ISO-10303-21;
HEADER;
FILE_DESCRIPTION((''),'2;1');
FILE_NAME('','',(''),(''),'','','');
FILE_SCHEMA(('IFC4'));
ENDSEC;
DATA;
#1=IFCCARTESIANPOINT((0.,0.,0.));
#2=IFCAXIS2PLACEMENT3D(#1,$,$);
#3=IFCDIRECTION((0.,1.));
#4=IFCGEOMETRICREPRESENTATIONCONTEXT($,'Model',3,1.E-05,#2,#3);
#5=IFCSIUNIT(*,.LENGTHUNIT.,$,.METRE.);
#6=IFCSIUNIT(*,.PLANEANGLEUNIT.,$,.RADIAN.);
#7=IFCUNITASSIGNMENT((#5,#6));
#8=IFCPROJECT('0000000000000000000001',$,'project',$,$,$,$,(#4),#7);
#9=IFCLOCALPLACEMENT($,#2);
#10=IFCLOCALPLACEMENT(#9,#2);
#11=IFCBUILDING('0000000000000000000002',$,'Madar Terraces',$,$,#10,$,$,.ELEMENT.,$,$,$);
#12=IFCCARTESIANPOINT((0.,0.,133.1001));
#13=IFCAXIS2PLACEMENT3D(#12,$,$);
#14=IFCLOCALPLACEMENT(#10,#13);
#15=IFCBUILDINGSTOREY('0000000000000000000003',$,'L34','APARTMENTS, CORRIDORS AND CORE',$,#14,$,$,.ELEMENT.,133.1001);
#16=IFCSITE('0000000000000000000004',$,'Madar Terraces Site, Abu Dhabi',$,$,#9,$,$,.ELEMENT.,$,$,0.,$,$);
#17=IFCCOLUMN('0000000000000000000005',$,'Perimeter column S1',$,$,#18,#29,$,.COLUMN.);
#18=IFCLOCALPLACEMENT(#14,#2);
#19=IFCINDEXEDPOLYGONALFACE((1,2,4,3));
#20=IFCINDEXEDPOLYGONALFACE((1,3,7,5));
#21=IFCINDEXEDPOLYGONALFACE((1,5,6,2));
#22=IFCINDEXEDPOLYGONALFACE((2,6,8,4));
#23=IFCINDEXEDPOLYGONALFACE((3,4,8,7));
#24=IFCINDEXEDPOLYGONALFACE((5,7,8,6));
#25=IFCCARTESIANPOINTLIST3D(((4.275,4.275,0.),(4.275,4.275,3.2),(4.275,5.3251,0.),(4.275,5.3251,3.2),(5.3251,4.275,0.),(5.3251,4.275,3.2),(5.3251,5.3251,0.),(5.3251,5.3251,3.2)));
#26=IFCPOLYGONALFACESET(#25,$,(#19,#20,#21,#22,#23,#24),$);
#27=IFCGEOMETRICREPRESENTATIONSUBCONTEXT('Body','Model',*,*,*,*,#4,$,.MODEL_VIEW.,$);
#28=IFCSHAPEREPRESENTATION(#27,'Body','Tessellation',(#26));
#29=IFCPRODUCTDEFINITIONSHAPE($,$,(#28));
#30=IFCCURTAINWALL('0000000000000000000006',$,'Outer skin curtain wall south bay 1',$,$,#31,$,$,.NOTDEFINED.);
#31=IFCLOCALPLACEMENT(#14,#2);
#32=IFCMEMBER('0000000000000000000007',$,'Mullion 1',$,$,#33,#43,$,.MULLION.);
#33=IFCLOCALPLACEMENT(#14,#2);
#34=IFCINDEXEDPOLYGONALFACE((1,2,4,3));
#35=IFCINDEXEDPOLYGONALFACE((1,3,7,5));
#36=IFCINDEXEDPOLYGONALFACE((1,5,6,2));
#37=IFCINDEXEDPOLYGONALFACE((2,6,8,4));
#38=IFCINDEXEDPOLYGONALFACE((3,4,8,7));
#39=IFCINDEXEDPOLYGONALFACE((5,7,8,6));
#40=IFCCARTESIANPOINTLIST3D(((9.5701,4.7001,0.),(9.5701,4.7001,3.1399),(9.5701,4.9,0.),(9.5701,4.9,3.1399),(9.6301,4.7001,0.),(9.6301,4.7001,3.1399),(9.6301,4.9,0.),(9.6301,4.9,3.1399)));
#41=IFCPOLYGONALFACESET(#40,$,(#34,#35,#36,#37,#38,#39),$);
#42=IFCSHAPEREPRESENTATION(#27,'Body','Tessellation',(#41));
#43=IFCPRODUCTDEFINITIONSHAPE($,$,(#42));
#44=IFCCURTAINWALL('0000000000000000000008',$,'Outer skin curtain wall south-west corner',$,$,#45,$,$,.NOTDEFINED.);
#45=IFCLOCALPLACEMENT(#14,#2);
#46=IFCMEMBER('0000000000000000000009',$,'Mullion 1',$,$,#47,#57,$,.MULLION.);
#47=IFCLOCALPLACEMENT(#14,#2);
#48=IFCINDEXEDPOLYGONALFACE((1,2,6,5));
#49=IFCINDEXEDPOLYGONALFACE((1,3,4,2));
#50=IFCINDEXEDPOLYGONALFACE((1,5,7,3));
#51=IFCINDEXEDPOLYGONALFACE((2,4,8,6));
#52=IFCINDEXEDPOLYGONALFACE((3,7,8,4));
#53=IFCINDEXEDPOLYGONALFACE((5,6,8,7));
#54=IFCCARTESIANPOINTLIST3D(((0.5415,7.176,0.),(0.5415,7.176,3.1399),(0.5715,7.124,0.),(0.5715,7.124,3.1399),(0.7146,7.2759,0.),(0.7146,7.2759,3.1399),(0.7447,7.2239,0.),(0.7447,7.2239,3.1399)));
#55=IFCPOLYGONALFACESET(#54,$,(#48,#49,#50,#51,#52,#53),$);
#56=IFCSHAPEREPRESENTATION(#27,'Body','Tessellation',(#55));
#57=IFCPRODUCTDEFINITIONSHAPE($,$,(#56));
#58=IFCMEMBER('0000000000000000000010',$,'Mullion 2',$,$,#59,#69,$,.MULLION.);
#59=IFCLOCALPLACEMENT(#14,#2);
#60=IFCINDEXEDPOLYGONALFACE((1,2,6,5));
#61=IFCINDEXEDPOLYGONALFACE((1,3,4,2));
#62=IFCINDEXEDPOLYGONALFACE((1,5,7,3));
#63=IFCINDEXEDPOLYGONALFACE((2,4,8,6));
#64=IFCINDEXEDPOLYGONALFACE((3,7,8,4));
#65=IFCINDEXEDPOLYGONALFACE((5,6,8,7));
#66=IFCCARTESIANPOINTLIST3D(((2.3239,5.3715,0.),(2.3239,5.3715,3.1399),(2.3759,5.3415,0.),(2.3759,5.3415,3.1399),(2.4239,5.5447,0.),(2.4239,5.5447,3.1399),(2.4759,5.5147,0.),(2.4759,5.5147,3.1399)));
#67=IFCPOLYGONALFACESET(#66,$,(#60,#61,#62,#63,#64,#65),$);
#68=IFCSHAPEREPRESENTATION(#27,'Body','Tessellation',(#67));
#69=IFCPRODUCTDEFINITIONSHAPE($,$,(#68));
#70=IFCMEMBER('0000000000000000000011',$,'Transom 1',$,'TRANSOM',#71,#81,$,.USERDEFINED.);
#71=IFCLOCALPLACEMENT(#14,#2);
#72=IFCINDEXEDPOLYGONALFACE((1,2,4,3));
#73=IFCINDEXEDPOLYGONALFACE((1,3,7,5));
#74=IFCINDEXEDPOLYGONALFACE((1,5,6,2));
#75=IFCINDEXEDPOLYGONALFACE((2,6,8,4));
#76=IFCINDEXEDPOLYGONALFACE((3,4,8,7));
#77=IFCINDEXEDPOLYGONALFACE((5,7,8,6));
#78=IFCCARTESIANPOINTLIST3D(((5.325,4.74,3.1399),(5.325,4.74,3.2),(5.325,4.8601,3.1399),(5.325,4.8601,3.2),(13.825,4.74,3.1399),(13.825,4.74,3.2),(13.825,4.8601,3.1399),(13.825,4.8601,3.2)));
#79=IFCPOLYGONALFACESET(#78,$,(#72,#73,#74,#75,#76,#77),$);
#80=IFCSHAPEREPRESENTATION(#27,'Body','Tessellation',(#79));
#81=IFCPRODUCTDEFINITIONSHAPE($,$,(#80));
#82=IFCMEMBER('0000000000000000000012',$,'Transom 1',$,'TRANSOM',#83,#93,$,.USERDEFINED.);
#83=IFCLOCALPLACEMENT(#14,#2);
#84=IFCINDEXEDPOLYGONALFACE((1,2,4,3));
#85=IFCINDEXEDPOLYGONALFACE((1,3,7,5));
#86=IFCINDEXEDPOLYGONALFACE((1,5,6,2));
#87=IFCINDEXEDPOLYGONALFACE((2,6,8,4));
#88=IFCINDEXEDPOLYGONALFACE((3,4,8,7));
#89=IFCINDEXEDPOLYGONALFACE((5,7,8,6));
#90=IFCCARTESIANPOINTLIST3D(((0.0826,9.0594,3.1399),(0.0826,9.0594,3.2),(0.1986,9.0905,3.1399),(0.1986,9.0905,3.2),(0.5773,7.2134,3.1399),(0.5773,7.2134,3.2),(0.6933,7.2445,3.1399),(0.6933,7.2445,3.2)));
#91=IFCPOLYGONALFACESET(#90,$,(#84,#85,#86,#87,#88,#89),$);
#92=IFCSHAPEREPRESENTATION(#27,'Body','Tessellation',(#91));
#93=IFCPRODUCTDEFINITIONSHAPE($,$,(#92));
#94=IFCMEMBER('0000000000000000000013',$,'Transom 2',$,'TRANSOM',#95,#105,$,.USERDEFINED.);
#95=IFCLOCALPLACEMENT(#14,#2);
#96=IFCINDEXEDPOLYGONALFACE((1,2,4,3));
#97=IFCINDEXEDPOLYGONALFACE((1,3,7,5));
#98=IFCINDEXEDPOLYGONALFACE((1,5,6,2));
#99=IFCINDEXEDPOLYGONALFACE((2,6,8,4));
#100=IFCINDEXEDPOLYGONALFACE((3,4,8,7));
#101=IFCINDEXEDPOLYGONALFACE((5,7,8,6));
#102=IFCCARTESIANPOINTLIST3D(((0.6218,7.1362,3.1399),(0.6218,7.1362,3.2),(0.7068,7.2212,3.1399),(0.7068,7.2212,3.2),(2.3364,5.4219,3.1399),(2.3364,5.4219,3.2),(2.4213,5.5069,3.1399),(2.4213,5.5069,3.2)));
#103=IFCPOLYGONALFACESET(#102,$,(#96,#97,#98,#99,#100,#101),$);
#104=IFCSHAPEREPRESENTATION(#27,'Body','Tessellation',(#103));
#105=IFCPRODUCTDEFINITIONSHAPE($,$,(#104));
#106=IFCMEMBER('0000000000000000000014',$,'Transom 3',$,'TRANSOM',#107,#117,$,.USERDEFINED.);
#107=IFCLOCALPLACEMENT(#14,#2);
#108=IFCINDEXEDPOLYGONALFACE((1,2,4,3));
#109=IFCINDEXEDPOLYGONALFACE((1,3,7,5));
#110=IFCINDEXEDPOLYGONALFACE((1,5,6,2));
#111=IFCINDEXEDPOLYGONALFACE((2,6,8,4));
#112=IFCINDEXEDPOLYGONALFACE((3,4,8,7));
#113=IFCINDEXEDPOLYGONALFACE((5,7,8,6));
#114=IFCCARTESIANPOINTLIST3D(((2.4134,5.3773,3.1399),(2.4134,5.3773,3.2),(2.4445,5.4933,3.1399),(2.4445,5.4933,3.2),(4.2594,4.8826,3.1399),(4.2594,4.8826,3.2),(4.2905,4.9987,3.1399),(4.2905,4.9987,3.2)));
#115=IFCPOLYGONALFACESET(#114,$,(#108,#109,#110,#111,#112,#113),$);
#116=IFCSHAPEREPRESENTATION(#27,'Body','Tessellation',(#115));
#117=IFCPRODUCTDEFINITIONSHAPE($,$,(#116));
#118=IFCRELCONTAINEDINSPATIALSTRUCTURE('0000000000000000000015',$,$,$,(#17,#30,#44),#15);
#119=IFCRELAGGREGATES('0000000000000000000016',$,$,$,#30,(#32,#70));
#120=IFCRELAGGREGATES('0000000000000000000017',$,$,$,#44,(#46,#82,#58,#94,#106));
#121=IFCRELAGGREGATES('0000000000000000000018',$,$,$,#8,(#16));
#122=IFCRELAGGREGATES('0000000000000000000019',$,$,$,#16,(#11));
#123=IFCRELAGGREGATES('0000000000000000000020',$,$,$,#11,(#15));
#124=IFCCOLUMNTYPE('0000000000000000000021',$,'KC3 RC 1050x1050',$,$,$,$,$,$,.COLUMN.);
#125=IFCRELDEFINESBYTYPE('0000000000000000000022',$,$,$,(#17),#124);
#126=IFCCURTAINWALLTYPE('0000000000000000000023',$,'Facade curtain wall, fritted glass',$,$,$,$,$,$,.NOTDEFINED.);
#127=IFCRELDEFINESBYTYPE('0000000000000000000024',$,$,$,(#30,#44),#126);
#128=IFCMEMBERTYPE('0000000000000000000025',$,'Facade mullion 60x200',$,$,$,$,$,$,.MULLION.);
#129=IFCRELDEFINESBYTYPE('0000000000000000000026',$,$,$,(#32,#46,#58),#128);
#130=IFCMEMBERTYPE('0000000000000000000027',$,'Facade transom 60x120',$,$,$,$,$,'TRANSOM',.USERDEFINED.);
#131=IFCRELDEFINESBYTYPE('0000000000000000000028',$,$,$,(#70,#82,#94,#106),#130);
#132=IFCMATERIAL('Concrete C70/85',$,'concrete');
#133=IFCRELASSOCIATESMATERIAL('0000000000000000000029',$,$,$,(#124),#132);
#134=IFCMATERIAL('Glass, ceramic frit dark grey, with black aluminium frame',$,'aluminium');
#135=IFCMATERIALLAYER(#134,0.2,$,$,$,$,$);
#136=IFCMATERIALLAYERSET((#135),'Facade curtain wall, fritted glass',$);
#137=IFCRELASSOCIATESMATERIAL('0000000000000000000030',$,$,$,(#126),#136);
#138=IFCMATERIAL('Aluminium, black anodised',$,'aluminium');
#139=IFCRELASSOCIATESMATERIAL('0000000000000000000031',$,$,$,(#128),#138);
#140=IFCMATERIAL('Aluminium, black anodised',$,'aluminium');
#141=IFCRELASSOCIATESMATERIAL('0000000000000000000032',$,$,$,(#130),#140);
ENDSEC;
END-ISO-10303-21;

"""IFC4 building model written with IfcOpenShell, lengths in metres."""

from ifc_helpers import new_model, si_unit, direction, frame, origin, origin_2d, place, context, subcontext, project, spatial, rectangle, extrude, material, layer, layer_set, material_profile, profile_set, type_object, element, aggregate, save


model = new_model("IFC4")

# Units and contexts
model_context = context("Model", 3, precision=1e-05, world=origin(), true_north=direction((0.0, 1.0)))
body_context = subcontext(model_context, "Body", "Model", "MODEL_VIEW")
ifc_project = project(units=[si_unit("LENGTHUNIT", "METRE"), si_unit("PLANEANGLEUNIT", "RADIAN")], contexts=[model_context])

# Site, building, storey
site_placement = place(None, origin())
site = spatial("IfcSite", under=ifc_project, at=site_placement, Name="Madar Terraces Site, Abu Dhabi", CompositionType="ELEMENT", RefElevation=0.0)
building_placement = place(site_placement, origin())
building = spatial("IfcBuilding", under=site, at=building_placement, Name="Madar Terraces", CompositionType="ELEMENT")
storey_placement = place(building_placement, frame((0.0, 0.0, 133.1001)))
storey = spatial("IfcBuildingStorey", under=building, at=storey_placement, Name="L34", Description="APARTMENTS, CORRIDORS AND CORE", CompositionType="ELEMENT", Elevation=133.1001)

# Column
ifc_material_1 = material(Name="Concrete C70/85", Category="concrete")
ifc_material_profile_1 = material_profile(ifc_material_1, rectangle(XDim=1.05, YDim=1.05, at=origin_2d()), Name="KC3 RC 1050x1050")
ifc_profile_set_1 = profile_set([ifc_material_profile_1], Name="Concrete C70/85")
column_type = type_object("IfcColumnType", Name="KC3 RC 1050x1050", PredefinedType="COLUMN", material=ifc_profile_set_1)
column_placement = place(storey_placement, frame((4.8, 4.8, 0.0), z_axis=(0.0, 0.0, 1.0), x_axis=(1.0, 0.0, 0.0)))
element("IfcColumn", 1, at=column_placement, inside=storey, type_object=column_type, Name="Perimeter column S1", PredefinedType="COLUMN", context=body_context, shape_type="SweptSolid", body=[
    extrude(rectangle(XDim=1.05, YDim=1.05, at=origin_2d()), origin(), (0.0, 0.0, 1.0), 3.2),
])

# Curtain wall, member
ifc_material_2 = material(Name="Glass, ceramic frit dark grey, with black aluminium frame", Category="aluminium")
ifc_layer_1 = layer(ifc_material_2, 0.2)
ifc_layer_set_1 = layer_set([ifc_layer_1], Name="Facade curtain wall, fritted glass")
curtain_wall_type = type_object("IfcCurtainWallType", Name="Facade curtain wall, fritted glass", PredefinedType="NOTDEFINED", material=ifc_layer_set_1)
curtain_wall_1_placement = place(storey_placement, origin())
curtain_wall_1 = element("IfcCurtainWall", 2, at=curtain_wall_1_placement, inside=storey, type_object=curtain_wall_type, Name="Outer skin curtain wall south bay 1", PredefinedType="NOTDEFINED")
ifc_material_3 = material(Name="Aluminium, black anodised", Category="aluminium")
ifc_material_profile_2 = material_profile(ifc_material_3, rectangle(XDim=0.2, YDim=0.0601, at=origin_2d()), Name="Facade mullion 60x200")
ifc_profile_set_2 = profile_set([ifc_material_profile_2], Name="Aluminium, black anodised")
member_type_1 = type_object("IfcMemberType", Name="Facade mullion 60x200", PredefinedType="MULLION", material=ifc_profile_set_2)
member_1_placement = place(storey_placement, frame((9.6001, 4.8, 0.0), z_axis=(0.0, 0.0, 1.0), x_axis=(0.0, 1.0, 0.0)))
member_1 = element("IfcMember", 3, at=member_1_placement, type_object=member_type_1, Name="Mullion 1", PredefinedType="MULLION", context=body_context, shape_type="SweptSolid", body=[
    extrude(rectangle(XDim=0.2, YDim=0.0601, at=origin_2d()), origin(), (0.0, 0.0, 1.0), 3.1399),
])

# Curtain wall, members
curtain_wall_2_placement = place(storey_placement, origin())
curtain_wall_2 = element("IfcCurtainWall", 4, at=curtain_wall_2_placement, inside=storey, type_object=curtain_wall_type, Name="Outer skin curtain wall south-west corner", PredefinedType="NOTDEFINED")
member_2_placement = place(storey_placement, frame((0.6431, 7.2, 0.0), z_axis=(0.0, 0.0, 1.0), x_axis=(0.866025, 0.5, 0.0)))
member_2 = element("IfcMember", 5, at=member_2_placement, type_object=member_type_1, Name="Mullion 1", PredefinedType="MULLION", context=body_context, shape_type="SweptSolid", body=[
    extrude(rectangle(XDim=0.2, YDim=0.0601, at=origin_2d()), origin(), (0.0, 0.0, 1.0), 3.1399),
])
member_3_placement = place(storey_placement, frame((2.3999, 5.4431, 0.0), z_axis=(0.0, 0.0, 1.0), x_axis=(0.5, 0.866025, 0.0)))
member_3 = element("IfcMember", 6, at=member_3_placement, type_object=member_type_1, Name="Mullion 2", PredefinedType="MULLION", context=body_context, shape_type="SweptSolid", body=[
    extrude(rectangle(XDim=0.2, YDim=0.0601, at=origin_2d()), origin(), (0.0, 0.0, 1.0), 3.1399),
])

# Members
ifc_material_4 = material(Name="Aluminium, black anodised", Category="aluminium")
ifc_material_profile_3 = material_profile(ifc_material_4, rectangle(XDim=0.1201, YDim=0.0601, at=origin_2d()), Name="Facade transom 60x120")
ifc_profile_set_3 = profile_set([ifc_material_profile_3], Name="Aluminium, black anodised")
member_type_2 = type_object("IfcMemberType", Name="Facade transom 60x120", ElementType="TRANSOM", PredefinedType="USERDEFINED", material=ifc_profile_set_3)
member_4_placement = place(storey_placement, frame((5.325, 4.8, 3.1699), z_axis=(1.0, 0.0, 0.0), x_axis=(0.0, 1.0, 0.0)))
member_4 = element("IfcMember", 7, at=member_4_placement, type_object=member_type_2, Name="Transom 1", ObjectType="TRANSOM", PredefinedType="USERDEFINED", context=body_context, shape_type="SweptSolid", body=[
    extrude(rectangle(XDim=0.1201, YDim=0.0601, at=origin_2d()), origin(), (0.0, 0.0, 1.0), 8.5),
])
member_5_placement = place(storey_placement, frame((0.1406, 9.075, 3.1699), z_axis=(0.258823, -0.965925, 0.0), x_axis=(0.965925, 0.258823, 0.0)))
member_5 = element("IfcMember", 8, at=member_5_placement, type_object=member_type_2, Name="Transom 1", ObjectType="TRANSOM", PredefinedType="USERDEFINED", context=body_context, shape_type="SweptSolid", body=[
    extrude(rectangle(XDim=0.1201, YDim=0.0601, at=origin_2d()), origin(), (0.0, 0.0, 1.0), 1.9111),
])
member_6_placement = place(storey_placement, frame((0.6643, 7.1787, 3.1699), z_axis=(0.707157, -0.707056, 0.0), x_axis=(0.707056, 0.707157, 0.0)))
member_6 = element("IfcMember", 9, at=member_6_placement, type_object=member_type_2, Name="Transom 2", ObjectType="TRANSOM", PredefinedType="USERDEFINED", context=body_context, shape_type="SweptSolid", body=[
    extrude(rectangle(XDim=0.1201, YDim=0.0601, at=origin_2d()), origin(), (0.0, 0.0, 1.0), 2.4246),
])
member_7_placement = place(storey_placement, frame((2.429, 5.4353, 3.1699), z_axis=(0.965925, -0.258823, 0.0), x_axis=(0.258823, 0.965925, 0.0)))
member_7 = element("IfcMember", 10, at=member_7_placement, type_object=member_type_2, Name="Transom 3", ObjectType="TRANSOM", PredefinedType="USERDEFINED", context=body_context, shape_type="SweptSolid", body=[
    extrude(rectangle(XDim=0.1201, YDim=0.0601, at=origin_2d()), origin(), (0.0, 0.0, 1.0), 1.9111),
])

aggregate(curtain_wall_1, [member_1, member_4])
aggregate(curtain_wall_2, [member_2, member_5, member_3, member_6, member_7])

save(model, "model.ifc")
